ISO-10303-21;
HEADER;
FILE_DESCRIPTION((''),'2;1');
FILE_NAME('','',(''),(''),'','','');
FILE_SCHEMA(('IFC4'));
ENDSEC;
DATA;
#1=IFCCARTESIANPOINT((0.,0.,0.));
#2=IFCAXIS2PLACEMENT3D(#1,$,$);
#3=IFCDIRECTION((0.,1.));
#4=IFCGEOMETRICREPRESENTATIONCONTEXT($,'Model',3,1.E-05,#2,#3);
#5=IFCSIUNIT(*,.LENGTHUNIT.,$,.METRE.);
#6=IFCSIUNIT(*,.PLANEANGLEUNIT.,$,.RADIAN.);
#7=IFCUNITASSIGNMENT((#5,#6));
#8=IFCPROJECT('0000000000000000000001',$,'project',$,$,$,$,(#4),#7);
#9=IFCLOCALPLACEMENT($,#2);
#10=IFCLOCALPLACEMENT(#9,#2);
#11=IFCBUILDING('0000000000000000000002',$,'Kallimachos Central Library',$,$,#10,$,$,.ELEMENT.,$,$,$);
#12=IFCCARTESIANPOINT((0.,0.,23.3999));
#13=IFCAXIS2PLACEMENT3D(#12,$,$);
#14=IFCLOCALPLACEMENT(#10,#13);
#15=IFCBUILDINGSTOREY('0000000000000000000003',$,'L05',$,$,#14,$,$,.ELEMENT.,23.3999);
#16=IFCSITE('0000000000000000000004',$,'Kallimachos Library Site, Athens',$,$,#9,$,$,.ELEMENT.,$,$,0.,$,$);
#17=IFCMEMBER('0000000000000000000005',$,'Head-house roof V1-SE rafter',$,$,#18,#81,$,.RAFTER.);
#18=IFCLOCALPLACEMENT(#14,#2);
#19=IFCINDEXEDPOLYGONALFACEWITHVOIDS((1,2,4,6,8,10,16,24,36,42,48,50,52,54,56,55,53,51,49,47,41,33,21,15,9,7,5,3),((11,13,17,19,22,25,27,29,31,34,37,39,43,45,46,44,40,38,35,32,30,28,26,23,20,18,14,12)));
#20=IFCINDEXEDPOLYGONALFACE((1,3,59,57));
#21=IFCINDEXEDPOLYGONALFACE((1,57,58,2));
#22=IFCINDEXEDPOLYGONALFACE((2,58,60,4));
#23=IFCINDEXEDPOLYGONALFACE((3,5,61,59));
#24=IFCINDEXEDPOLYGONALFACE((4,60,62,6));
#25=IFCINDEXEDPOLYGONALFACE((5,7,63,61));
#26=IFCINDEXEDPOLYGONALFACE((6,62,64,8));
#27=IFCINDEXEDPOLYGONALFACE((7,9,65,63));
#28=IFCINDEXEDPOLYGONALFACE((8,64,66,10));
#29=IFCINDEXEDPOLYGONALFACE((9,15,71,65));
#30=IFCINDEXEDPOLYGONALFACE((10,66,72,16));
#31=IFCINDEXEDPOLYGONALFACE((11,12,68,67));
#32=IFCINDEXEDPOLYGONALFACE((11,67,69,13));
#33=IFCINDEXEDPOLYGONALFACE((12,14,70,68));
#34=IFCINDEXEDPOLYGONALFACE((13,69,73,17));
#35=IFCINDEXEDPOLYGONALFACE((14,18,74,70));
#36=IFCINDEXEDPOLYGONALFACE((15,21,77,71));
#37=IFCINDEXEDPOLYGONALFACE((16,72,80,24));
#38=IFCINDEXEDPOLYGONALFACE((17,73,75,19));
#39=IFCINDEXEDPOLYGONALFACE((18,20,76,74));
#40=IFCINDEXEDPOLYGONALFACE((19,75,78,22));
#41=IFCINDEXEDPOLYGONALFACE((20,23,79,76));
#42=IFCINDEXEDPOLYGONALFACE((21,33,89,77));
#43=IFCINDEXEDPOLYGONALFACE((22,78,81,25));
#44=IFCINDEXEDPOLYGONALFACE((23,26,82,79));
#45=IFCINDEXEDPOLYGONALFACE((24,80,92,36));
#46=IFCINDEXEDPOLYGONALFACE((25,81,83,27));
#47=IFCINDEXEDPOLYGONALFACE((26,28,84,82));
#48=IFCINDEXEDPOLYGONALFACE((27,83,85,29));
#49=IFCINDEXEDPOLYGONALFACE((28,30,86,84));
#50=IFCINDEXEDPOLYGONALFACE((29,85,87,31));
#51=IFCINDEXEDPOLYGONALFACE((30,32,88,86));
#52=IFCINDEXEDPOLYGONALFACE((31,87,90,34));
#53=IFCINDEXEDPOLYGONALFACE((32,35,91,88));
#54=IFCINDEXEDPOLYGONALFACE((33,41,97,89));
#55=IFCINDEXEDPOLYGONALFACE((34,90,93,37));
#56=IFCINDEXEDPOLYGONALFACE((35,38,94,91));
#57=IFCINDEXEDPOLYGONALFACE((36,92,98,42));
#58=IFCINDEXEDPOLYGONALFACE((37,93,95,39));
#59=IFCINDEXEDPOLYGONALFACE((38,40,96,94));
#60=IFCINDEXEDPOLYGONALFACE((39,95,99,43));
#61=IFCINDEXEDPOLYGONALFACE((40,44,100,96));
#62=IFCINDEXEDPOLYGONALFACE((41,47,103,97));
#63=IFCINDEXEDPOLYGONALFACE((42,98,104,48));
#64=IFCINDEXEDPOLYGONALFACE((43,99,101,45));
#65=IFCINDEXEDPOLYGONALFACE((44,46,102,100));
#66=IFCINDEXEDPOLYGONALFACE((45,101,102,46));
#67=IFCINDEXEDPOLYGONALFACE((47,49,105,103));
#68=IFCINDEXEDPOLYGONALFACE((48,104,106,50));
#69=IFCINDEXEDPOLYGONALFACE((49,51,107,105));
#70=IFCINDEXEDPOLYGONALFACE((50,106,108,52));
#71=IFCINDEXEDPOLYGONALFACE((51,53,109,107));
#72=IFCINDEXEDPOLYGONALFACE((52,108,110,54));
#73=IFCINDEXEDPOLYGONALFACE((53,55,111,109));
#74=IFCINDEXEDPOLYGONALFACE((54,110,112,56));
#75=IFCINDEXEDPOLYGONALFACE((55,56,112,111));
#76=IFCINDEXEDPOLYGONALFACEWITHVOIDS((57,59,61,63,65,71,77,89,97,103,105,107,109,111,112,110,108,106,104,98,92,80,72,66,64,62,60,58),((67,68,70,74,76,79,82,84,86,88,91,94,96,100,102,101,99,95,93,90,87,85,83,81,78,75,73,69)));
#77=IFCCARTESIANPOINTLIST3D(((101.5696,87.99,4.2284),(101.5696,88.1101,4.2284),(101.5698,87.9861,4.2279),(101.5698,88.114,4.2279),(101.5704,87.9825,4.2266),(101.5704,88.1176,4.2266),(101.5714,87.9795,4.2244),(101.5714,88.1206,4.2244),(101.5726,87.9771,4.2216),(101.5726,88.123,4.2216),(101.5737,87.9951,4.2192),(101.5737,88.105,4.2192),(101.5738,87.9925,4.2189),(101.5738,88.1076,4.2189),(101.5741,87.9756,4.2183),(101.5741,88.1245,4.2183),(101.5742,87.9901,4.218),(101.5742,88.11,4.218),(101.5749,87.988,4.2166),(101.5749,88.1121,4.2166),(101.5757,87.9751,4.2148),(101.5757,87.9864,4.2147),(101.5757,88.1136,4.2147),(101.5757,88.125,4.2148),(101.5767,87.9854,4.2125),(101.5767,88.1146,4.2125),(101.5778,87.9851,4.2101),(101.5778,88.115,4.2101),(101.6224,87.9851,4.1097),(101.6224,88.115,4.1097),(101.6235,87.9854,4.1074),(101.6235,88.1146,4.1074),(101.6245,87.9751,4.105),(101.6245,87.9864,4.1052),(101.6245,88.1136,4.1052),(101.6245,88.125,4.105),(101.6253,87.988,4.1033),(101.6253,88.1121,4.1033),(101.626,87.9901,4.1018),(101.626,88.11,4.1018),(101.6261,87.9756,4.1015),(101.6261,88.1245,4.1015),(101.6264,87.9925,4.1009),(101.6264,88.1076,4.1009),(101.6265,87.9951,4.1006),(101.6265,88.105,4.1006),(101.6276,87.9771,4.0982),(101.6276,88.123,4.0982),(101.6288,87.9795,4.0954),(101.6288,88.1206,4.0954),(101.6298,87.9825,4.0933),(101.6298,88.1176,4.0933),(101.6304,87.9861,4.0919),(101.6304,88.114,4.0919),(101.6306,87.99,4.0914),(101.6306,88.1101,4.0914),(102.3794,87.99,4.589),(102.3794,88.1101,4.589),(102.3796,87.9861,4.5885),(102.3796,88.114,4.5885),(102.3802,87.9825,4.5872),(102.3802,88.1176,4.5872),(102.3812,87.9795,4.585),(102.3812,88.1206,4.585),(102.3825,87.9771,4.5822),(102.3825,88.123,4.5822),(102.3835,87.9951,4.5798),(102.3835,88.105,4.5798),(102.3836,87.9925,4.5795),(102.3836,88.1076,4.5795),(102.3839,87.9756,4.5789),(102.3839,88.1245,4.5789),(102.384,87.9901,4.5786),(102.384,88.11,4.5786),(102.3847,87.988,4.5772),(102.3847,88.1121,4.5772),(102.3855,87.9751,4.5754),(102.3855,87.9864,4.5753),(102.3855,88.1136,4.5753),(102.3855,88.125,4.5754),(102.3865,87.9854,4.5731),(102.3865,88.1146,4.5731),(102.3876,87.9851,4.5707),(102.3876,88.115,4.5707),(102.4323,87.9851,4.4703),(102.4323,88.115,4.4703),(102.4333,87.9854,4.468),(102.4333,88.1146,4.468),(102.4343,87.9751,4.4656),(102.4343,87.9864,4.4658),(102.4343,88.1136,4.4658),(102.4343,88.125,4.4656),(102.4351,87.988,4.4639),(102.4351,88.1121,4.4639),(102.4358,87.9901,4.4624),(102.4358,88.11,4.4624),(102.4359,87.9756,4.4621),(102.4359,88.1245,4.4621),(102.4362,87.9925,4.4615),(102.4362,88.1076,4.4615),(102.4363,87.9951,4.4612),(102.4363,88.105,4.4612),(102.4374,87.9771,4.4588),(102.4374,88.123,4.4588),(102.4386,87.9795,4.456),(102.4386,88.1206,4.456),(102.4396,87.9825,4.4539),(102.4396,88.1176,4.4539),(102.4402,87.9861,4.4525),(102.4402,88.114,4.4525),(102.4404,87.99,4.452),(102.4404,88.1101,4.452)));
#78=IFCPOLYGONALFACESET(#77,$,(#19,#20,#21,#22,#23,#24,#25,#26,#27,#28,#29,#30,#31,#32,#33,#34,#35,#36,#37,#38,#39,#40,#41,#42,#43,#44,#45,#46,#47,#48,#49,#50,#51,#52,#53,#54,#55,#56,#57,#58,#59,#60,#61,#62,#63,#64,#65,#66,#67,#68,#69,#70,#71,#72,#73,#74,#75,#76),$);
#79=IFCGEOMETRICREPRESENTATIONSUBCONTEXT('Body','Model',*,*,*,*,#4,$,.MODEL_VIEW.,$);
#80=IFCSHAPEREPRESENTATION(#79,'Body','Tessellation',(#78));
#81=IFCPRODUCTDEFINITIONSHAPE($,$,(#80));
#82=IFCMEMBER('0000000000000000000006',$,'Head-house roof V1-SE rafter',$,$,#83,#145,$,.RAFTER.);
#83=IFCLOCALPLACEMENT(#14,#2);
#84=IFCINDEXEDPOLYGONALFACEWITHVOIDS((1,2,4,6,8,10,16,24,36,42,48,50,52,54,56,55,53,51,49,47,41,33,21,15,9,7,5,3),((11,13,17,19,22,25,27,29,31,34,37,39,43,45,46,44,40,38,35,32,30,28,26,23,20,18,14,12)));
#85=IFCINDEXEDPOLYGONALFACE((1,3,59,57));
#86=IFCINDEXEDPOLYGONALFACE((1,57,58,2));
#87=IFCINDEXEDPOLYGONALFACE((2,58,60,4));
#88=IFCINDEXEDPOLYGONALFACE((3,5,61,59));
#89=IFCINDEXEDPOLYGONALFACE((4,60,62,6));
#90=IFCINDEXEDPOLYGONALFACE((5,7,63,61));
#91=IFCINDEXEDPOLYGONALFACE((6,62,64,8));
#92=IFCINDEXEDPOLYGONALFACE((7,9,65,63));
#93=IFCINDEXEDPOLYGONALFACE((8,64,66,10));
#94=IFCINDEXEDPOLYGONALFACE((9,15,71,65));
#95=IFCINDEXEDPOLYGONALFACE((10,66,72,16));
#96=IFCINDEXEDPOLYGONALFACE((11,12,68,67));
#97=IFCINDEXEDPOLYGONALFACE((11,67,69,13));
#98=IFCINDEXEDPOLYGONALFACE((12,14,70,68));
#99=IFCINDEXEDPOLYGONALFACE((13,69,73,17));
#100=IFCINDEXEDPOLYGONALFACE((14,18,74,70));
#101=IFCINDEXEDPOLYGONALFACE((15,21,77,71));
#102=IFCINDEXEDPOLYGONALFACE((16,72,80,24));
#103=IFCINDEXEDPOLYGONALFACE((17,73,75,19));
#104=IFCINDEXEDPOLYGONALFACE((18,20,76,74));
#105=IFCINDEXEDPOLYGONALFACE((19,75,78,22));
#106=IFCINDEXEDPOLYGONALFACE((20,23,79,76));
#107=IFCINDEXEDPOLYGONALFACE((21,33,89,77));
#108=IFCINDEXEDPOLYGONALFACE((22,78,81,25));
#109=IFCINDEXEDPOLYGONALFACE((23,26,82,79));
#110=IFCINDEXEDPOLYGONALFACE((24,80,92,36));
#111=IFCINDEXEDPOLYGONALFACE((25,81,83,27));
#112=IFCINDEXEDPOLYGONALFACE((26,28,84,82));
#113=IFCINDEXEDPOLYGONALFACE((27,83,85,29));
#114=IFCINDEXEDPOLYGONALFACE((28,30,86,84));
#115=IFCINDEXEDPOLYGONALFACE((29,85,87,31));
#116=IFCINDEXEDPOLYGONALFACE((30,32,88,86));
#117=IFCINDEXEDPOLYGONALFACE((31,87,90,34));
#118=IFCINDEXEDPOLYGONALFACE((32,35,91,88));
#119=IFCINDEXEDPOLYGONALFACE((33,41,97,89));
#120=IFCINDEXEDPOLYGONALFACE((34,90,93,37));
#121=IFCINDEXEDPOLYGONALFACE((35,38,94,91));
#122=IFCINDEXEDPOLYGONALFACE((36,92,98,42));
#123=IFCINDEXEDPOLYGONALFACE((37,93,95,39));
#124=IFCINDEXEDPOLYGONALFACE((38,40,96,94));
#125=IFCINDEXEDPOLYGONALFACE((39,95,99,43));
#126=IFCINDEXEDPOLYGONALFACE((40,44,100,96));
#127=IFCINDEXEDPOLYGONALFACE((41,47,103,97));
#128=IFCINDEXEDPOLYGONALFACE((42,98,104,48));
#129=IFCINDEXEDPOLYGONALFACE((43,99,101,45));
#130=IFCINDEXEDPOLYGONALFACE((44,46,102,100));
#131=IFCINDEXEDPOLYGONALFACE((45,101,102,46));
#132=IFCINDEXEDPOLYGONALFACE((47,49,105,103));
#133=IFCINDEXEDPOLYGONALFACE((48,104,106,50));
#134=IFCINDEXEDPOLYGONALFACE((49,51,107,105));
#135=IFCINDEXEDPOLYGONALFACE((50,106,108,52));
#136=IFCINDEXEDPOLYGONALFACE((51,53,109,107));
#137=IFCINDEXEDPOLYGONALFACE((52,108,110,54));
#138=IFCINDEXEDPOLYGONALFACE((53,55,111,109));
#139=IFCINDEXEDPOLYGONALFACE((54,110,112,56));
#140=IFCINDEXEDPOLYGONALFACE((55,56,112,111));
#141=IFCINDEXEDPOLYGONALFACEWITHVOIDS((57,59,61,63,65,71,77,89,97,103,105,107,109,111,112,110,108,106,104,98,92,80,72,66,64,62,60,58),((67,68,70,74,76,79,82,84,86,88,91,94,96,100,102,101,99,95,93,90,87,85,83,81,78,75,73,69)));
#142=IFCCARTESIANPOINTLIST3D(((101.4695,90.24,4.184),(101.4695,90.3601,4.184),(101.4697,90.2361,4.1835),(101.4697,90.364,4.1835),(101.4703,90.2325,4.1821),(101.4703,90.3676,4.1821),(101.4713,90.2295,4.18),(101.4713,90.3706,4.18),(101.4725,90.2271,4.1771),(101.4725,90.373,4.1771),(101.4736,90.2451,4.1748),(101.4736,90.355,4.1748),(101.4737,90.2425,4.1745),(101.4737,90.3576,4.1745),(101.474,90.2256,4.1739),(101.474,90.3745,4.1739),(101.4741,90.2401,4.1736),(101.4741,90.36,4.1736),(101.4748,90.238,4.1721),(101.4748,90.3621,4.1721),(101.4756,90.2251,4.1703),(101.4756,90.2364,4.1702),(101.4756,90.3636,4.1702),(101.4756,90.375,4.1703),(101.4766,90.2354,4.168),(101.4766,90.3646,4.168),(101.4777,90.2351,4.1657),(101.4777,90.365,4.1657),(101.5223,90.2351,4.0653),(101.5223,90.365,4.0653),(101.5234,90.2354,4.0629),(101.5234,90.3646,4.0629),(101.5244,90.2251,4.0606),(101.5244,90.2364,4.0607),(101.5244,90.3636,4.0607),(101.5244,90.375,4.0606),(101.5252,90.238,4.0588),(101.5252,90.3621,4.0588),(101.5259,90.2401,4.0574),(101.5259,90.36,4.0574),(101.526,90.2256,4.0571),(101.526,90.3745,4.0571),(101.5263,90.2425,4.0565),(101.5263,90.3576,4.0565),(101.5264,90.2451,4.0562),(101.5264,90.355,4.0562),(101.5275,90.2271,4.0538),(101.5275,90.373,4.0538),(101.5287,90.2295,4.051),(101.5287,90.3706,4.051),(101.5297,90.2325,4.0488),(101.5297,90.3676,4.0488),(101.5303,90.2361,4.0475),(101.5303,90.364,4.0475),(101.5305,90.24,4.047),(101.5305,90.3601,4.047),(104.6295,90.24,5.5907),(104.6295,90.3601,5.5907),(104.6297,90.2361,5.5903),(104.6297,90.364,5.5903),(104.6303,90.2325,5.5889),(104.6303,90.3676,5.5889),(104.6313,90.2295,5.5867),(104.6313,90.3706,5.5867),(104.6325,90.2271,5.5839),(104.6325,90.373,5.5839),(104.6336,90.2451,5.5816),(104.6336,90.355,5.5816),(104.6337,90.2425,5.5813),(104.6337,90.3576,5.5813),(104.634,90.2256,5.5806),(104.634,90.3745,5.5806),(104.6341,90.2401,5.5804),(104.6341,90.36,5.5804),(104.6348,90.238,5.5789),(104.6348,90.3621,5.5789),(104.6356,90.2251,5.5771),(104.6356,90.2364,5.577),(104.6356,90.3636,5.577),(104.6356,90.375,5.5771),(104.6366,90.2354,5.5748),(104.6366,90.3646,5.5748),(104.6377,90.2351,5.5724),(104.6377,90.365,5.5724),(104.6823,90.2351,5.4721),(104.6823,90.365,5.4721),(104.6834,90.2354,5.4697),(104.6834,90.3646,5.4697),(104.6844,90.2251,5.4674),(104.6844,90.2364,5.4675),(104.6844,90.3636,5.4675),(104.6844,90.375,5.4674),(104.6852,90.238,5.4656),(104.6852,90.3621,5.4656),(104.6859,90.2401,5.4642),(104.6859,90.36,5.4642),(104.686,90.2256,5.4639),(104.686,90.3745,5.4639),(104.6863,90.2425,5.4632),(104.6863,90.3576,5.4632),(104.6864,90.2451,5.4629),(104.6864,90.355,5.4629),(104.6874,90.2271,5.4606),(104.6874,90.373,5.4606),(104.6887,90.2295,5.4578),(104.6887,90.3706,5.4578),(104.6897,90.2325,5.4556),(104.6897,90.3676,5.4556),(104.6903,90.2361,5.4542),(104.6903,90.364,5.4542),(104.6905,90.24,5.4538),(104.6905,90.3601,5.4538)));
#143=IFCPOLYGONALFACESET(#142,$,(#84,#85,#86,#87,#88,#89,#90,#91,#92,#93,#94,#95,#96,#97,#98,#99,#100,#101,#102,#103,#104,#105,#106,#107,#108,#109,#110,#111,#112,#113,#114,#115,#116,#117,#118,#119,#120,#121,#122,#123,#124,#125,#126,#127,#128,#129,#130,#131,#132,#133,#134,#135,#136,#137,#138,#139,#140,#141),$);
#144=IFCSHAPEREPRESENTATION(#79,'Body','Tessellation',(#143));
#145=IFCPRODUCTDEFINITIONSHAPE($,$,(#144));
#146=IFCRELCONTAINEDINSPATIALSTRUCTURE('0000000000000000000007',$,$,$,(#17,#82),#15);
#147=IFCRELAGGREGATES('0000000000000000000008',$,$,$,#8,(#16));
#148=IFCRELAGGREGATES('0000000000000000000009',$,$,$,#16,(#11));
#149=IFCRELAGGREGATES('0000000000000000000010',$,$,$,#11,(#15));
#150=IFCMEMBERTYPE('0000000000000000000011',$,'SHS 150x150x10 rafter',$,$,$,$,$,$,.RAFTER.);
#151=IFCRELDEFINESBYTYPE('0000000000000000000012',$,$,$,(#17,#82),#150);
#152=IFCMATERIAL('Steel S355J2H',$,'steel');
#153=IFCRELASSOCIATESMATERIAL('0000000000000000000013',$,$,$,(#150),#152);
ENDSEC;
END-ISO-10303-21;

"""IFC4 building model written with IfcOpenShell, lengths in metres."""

from ifc_helpers import new_model, si_unit, direction, frame, origin, origin_2d, place, context, subcontext, project, spatial, hollow_rectangle, extrude, material, material_profile, profile_set, type_object, element, save


model = new_model("IFC4")

# Units and contexts
model_context = context("Model", 3, precision=1e-05, world=origin(), true_north=direction((0.0, 1.0)))
body_context = subcontext(model_context, "Body", "Model", "MODEL_VIEW")
ifc_project = project(units=[si_unit("LENGTHUNIT", "METRE"), si_unit("PLANEANGLEUNIT", "RADIAN")], contexts=[model_context])

# Site, building, storey
site_placement = place(None, origin())
site = spatial("IfcSite", under=ifc_project, at=site_placement, Name="Kallimachos Library Site, Athens", CompositionType="ELEMENT", RefElevation=0.0)
building_placement = place(site_placement, origin())
building = spatial("IfcBuilding", under=site, at=building_placement, Name="Kallimachos Central Library", CompositionType="ELEMENT")
storey_placement = place(building_placement, frame((0.0, 0.0, 23.3999)))
storey = spatial("IfcBuildingStorey", under=building, at=storey_placement, Name="L05", CompositionType="ELEMENT", Elevation=23.3999)

# Members
ifc_material_1 = material(Name="Steel S355J2H", Category="steel")
ifc_material_profile_1 = material_profile(ifc_material_1, hollow_rectangle(XDim=0.1499, YDim=0.1499, WallThickness=0.01, InnerFilletRadius=0.01, OuterFilletRadius=0.0149, at=origin_2d()), Name="SHS 150x150x10")
ifc_profile_set_1 = profile_set([ifc_material_profile_1], Name="Steel S355J2H")
member_type_1 = type_object("IfcMemberType", Name="SHS 150x150x10 rafter", PredefinedType="RAFTER", material=ifc_profile_set_1)
member_1_placement = place(storey_placement, frame((101.6001, 88.05, 4.1599), z_axis=(0.913527, 0.0, 0.406777), x_axis=(0.0, 1.0, 0.0)))
element("IfcMember", 1, at=member_1_placement, inside=storey, type_object=member_type_1, Name="Head-house roof V1-SE rafter", PredefinedType="RAFTER", context=body_context, shape_type="SweptSolid", body=[
    extrude(hollow_rectangle(XDim=0.1499, YDim=0.1499, WallThickness=0.01, InnerFilletRadius=0.01, OuterFilletRadius=0.0149, at=origin_2d()), origin(), (0.0, 0.0, 1.0), 0.8865),
])
member_2_placement = place(storey_placement, frame((101.5, 90.3, 4.1155), z_axis=(0.913561, 0.0, 0.406702), x_axis=(0.0, 1.0, 0.0)))
element("IfcMember", 2, at=member_2_placement, inside=storey, type_object=member_type_1, Name="Head-house roof V1-SE rafter", PredefinedType="RAFTER", context=body_context, shape_type="SweptSolid", body=[
    extrude(hollow_rectangle(XDim=0.1499, YDim=0.1499, WallThickness=0.01, InnerFilletRadius=0.01, OuterFilletRadius=0.0149, at=origin_2d()), origin(), (0.0, 0.0, 1.0), 3.459),
])

save(model, "model.ifc")
